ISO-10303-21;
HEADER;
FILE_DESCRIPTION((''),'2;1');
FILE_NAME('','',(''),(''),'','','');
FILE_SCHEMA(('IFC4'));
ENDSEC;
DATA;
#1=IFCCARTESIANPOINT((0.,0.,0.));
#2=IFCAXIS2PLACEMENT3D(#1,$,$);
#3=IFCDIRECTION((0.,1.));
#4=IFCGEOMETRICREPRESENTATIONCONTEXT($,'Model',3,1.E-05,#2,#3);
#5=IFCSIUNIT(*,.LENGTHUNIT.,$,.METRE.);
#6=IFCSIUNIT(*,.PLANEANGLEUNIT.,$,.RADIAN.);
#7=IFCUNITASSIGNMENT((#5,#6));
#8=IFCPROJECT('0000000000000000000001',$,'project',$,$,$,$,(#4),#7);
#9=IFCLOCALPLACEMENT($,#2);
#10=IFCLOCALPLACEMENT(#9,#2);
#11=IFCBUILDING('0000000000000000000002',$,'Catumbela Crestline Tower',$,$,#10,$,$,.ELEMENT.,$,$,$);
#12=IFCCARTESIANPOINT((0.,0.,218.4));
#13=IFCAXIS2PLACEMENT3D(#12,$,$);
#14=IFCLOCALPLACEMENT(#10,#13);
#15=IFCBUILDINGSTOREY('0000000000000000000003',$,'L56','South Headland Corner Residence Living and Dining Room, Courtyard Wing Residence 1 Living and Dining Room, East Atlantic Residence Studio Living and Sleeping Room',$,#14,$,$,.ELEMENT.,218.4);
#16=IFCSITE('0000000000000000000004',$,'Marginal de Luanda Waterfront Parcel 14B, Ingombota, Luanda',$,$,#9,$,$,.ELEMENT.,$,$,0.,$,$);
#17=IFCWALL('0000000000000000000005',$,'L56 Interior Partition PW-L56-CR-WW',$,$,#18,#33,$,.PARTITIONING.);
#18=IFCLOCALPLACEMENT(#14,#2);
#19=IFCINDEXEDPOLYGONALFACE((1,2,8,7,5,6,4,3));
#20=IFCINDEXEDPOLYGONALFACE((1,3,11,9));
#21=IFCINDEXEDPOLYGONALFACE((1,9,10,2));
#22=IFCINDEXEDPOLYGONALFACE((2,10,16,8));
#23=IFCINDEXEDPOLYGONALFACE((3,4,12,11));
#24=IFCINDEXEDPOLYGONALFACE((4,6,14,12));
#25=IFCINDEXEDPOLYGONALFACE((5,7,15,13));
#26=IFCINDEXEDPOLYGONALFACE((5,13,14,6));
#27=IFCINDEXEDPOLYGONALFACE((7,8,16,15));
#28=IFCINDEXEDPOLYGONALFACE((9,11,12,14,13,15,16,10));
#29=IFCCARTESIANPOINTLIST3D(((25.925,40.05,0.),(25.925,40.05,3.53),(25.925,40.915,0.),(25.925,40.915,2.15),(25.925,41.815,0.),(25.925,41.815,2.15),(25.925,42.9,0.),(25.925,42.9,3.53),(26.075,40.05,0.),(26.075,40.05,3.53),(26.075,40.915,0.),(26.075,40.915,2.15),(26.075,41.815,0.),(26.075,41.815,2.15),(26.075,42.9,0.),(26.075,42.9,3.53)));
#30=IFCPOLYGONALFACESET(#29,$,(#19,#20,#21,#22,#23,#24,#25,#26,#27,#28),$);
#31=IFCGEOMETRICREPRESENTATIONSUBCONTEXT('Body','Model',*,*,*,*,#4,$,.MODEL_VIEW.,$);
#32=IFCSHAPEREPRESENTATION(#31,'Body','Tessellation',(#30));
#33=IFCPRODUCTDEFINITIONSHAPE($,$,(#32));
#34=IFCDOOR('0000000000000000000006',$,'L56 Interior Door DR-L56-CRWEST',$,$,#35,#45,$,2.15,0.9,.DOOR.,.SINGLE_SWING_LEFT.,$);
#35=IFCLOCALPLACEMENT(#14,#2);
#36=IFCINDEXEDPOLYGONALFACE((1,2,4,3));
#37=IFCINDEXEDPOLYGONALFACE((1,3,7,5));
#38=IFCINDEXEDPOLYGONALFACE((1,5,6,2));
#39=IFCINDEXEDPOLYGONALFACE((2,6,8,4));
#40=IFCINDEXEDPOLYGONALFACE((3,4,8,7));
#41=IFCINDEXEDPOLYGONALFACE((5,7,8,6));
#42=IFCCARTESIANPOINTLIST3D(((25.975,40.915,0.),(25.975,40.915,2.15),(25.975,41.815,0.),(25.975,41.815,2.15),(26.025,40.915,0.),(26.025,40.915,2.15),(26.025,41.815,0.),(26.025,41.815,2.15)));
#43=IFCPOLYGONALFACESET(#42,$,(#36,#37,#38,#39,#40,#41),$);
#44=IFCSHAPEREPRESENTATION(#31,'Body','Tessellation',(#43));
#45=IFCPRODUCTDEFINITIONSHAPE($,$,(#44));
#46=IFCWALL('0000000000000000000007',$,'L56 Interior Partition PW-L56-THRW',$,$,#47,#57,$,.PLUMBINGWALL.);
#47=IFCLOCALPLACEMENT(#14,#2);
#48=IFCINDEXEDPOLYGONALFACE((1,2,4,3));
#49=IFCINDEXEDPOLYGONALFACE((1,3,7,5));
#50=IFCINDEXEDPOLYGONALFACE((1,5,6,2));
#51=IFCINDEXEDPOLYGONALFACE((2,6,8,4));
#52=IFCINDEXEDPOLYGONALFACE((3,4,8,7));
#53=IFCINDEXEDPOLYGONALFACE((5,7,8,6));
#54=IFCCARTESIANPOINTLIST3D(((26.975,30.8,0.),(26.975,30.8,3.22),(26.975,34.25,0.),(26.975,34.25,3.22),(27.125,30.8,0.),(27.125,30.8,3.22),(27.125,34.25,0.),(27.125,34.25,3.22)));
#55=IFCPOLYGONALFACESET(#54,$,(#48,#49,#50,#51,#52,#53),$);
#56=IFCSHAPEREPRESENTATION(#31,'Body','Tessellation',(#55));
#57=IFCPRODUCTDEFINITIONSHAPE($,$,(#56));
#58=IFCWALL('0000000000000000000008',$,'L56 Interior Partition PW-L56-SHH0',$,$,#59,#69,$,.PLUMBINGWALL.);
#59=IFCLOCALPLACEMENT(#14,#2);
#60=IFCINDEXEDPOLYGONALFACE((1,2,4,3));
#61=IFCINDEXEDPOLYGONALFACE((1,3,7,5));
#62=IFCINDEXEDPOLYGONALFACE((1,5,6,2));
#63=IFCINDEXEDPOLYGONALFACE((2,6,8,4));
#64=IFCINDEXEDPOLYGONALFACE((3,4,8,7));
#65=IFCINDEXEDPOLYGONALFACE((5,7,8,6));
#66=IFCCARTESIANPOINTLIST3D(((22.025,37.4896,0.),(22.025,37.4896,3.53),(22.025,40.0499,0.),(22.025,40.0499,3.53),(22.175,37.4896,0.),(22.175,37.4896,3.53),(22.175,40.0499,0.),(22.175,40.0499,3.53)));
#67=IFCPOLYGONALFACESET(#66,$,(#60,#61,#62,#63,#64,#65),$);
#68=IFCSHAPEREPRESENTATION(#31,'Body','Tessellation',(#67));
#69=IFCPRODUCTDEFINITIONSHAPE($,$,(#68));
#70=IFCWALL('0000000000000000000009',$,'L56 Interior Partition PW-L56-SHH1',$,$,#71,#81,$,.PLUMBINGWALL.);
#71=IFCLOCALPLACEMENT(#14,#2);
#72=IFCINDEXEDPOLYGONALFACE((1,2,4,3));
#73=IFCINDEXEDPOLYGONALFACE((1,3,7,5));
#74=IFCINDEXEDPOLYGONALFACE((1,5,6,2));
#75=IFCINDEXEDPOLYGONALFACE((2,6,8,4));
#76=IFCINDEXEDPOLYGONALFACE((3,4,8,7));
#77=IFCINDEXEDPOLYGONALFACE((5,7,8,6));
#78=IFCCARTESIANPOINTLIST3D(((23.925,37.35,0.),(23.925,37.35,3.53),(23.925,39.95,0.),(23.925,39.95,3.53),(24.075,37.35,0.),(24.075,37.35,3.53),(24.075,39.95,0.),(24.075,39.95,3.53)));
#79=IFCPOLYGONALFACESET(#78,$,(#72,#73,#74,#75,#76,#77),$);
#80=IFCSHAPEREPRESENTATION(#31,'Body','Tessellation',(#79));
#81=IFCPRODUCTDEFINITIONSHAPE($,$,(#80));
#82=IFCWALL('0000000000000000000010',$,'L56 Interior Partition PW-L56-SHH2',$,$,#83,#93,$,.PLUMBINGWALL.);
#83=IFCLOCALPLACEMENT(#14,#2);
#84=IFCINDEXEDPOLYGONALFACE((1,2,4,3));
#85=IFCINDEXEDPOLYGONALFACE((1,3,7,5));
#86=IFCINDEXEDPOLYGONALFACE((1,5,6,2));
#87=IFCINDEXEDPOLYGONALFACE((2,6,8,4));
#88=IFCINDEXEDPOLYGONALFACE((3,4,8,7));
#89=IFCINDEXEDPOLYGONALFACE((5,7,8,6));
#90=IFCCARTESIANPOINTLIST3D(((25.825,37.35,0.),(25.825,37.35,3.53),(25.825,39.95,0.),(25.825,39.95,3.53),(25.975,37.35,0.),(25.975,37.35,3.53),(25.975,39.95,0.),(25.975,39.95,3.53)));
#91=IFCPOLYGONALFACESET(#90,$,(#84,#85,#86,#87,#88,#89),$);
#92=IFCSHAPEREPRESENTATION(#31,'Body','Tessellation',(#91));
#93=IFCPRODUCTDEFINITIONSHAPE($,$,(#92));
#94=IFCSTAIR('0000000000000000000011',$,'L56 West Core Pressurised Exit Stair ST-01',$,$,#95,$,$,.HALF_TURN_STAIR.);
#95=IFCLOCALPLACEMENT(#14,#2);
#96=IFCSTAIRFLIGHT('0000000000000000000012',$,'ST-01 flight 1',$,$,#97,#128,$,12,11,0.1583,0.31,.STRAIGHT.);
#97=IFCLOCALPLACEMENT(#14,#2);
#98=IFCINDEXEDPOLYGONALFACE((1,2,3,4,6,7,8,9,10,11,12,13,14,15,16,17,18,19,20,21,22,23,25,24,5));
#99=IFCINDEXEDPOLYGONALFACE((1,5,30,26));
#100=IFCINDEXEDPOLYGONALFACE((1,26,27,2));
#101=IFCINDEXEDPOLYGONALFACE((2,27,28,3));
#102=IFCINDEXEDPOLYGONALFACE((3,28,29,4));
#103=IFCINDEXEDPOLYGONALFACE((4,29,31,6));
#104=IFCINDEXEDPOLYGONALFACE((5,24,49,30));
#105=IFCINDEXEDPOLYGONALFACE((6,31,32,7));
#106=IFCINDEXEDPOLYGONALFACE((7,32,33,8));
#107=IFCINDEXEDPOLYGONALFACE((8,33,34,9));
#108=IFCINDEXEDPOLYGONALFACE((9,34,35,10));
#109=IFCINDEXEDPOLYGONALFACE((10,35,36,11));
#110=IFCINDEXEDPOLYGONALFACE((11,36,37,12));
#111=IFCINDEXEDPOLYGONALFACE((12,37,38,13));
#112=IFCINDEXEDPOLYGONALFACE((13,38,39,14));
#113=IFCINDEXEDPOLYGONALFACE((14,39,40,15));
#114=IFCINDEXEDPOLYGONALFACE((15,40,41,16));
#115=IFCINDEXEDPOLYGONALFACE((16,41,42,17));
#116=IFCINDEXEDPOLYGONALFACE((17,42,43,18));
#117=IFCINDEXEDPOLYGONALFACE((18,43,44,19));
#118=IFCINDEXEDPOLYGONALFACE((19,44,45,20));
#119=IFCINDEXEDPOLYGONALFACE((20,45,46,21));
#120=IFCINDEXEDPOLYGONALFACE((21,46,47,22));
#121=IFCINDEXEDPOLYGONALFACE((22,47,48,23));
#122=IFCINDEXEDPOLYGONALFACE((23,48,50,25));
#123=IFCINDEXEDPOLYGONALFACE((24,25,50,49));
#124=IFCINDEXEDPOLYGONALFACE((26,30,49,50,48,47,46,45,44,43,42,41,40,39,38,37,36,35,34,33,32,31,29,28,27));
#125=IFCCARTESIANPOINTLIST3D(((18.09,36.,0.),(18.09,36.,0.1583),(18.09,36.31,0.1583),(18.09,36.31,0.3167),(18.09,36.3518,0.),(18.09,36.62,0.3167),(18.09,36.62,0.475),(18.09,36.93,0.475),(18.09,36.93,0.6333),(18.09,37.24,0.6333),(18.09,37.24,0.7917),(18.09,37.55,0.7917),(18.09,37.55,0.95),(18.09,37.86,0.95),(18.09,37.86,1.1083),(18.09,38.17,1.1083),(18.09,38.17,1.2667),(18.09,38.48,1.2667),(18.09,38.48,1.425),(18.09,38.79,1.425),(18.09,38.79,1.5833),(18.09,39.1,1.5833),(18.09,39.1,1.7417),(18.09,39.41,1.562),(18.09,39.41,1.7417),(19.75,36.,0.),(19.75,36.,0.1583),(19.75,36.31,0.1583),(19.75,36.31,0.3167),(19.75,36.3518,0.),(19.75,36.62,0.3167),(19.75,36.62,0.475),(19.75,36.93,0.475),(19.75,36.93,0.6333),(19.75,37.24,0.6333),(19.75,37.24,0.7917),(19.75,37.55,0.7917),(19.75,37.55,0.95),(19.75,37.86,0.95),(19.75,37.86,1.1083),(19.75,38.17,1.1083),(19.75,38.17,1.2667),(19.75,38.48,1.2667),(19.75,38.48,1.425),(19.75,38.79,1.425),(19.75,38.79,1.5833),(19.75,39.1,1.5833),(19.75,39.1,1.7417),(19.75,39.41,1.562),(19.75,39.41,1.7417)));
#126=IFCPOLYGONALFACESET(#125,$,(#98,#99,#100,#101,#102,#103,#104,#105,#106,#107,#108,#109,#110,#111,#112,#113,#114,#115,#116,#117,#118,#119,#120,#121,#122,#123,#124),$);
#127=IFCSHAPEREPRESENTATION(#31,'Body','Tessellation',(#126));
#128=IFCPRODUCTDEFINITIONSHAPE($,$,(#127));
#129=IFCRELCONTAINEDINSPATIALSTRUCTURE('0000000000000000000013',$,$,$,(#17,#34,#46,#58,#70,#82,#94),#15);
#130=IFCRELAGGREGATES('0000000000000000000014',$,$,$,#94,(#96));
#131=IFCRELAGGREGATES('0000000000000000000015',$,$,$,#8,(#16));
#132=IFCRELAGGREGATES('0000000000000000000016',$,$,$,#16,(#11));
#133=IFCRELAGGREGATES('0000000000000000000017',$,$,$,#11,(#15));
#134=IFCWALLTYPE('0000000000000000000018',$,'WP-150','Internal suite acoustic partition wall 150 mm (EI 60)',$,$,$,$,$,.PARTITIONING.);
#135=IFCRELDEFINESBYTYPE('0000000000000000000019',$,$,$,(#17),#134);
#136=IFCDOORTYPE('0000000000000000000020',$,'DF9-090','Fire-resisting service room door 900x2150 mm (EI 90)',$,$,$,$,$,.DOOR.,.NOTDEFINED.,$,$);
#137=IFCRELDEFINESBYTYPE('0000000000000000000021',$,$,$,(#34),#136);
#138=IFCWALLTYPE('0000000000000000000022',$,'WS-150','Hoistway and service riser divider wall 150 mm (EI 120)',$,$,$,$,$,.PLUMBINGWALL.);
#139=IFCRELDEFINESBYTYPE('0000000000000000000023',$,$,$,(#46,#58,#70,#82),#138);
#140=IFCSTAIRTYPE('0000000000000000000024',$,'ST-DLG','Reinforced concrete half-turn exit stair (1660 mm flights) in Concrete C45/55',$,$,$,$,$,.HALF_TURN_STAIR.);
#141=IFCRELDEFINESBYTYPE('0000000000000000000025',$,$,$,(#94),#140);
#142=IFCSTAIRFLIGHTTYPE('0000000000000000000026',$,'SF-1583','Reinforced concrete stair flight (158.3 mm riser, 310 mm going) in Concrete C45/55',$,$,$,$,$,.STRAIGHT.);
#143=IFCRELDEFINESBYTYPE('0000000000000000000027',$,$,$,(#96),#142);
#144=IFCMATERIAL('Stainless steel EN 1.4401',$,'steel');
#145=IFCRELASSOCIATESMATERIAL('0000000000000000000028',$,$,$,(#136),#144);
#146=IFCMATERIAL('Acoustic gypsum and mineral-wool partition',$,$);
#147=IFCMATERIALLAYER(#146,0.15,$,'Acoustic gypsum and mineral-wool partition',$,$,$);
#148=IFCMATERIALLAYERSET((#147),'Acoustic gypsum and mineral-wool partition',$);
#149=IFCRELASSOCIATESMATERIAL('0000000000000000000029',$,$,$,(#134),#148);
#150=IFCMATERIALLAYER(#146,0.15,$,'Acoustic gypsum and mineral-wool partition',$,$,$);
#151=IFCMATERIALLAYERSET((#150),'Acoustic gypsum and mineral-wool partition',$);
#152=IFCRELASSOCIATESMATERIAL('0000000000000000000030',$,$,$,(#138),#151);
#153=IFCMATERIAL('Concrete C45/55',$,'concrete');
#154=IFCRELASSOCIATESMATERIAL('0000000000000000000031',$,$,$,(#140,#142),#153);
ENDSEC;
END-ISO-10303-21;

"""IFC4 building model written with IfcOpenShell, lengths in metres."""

from ifc_helpers import new_model, si_unit, direction, frame, frame_2d, origin, place, context, subcontext, project, spatial, polyline, rectangle, outline, extrude, material, layer, layer_set, type_object, element, fill, aggregate, save


model = new_model("IFC4")

# Units and contexts
model_context = context("Model", 3, precision=1e-05, world=origin(), true_north=direction((0.0, 1.0)))
body_context = subcontext(model_context, "Body", "Model", "MODEL_VIEW")
ifc_project = project(units=[si_unit("LENGTHUNIT", "METRE"), si_unit("PLANEANGLEUNIT", "RADIAN")], contexts=[model_context])

# Site, building, storey
site_placement = place(None, origin())
site = spatial("IfcSite", under=ifc_project, at=site_placement, Name="Marginal de Luanda Waterfront Parcel 14B, Ingombota, Luanda", CompositionType="ELEMENT", RefElevation=0.0)
building_placement = place(site_placement, origin())
building = spatial("IfcBuilding", under=site, at=building_placement, Name="Catumbela Crestline Tower", CompositionType="ELEMENT")
storey_placement = place(building_placement, frame((0.0, 0.0, 218.4)))
storey = spatial("IfcBuildingStorey", under=building, at=storey_placement, Name="L56", Description="South Headland Corner Residence Living and Dining Room, Courtyard Wing Residence 1 Living and Dining Room, East Atlantic Residence Studio Living and Sleeping Room", CompositionType="ELEMENT", Elevation=218.4)

# Shared definitions
ifc_material_1 = material(Name="Stainless steel EN 1.4401", Category="steel")

# Shared definitions
door_type_1 = type_object("IfcDoorType", Name="DF9-090", Description="Fire-resisting service room door 900x2150 mm (EI 90)", OperationType="NOTDEFINED", PredefinedType="DOOR", material=ifc_material_1)

# Wall, opening, door
ifc_material_2 = material(Name="Acoustic gypsum and mineral-wool partition")
ifc_layer_1 = layer(ifc_material_2, 0.15, Name="Acoustic gypsum and mineral-wool partition")
ifc_layer_set_1 = layer_set([ifc_layer_1], Name="Acoustic gypsum and mineral-wool partition")
wall_type_1 = type_object("IfcWallType", Name="WP-150", Description="Internal suite acoustic partition wall 150 mm (EI 60)", PredefinedType="PARTITIONING", material=ifc_layer_set_1)
wall_1_placement = place(storey_placement, frame((26.0, 40.05, 0.0), z_axis=(0.0, 0.0, 1.0), x_axis=(0.0, 1.0, 0.0)))
wall_1 = element("IfcWall", 1, at=wall_1_placement, inside=storey, type_object=wall_type_1, Name="L56 Interior Partition PW-L56-CR-WW", PredefinedType="PARTITIONING", context=body_context, shape_type="SweptSolid", body=[
    extrude(rectangle(XDim=2.85, YDim=0.15, at=frame_2d((1.425, 0.0))), origin(), (0.0, 0.0, 1.0), 3.53),
])
opening_1_placement = place(wall_1_placement, frame((0.865, 0.0, 0.0)))
opening_1 = element("IfcOpeningElement", 2, at=opening_1_placement, cuts=wall_1, PredefinedType="OPENING", context=body_context, shape_type="SweptSolid", body=[
    extrude(rectangle(XDim=0.9, YDim=2.15, at=frame_2d((0.45, 1.075))), frame((0.0, 0.085, 0.0), z_axis=(0.0, -1.0, 0.0), x_axis=(1.0, 0.0, 0.0)), (0.0, 0.0, 1.0), 0.17),
])
door_1_placement = place(opening_1_placement, origin())
door_1 = element("IfcDoor", 3, at=door_1_placement, inside=storey, type_object=door_type_1, Name="L56 Interior Door DR-L56-CRWEST", OperationType="SINGLE_SWING_LEFT", OverallHeight=2.15, OverallWidth=0.9, PredefinedType="DOOR", context=body_context, shape_type="SweptSolid", body=[
    extrude(rectangle(XDim=0.9, YDim=2.15, at=frame_2d((0.45, 1.075))), frame((0.0, 0.025, 0.0), z_axis=(0.0, -1.0, 0.0), x_axis=(1.0, 0.0, 0.0)), (0.0, 0.0, 1.0), 0.05),
])
fill(opening_1, door_1)

# Walls
ifc_layer_2 = layer(ifc_material_2, 0.15, Name="Acoustic gypsum and mineral-wool partition")
ifc_layer_set_2 = layer_set([ifc_layer_2], Name="Acoustic gypsum and mineral-wool partition")
wall_type_2 = type_object("IfcWallType", Name="WS-150", Description="Hoistway and service riser divider wall 150 mm (EI 120)", PredefinedType="PLUMBINGWALL", material=ifc_layer_set_2)
wall_2_placement = place(storey_placement, frame((27.05, 30.8, 0.0), z_axis=(0.0, 0.0, 1.0), x_axis=(0.0, 1.0, 0.0)))
element("IfcWall", 4, at=wall_2_placement, inside=storey, type_object=wall_type_2, Name="L56 Interior Partition PW-L56-THRW", PredefinedType="PLUMBINGWALL", context=body_context, shape_type="SweptSolid", body=[
    extrude(rectangle(XDim=3.45, YDim=0.15, at=frame_2d((1.725, 0.0))), origin(), (0.0, 0.0, 1.0), 3.22),
])
wall_3_placement = place(storey_placement, frame((22.1, 37.4897, 0.0), z_axis=(0.0, 0.0, 1.0), x_axis=(0.0, 1.0, 0.0)))
element("IfcWall", 5, at=wall_3_placement, inside=storey, type_object=wall_type_2, Name="L56 Interior Partition PW-L56-SHH0", PredefinedType="PLUMBINGWALL", context=body_context, shape_type="SweptSolid", body=[
    extrude(rectangle(XDim=2.5603, YDim=0.15, at=frame_2d((1.2801, 0.0))), origin(), (0.0, 0.0, 1.0), 3.53),
])
for number, where, z_axis, x_axis, name in (
    (6, (24.0, 37.35, 0.0), (0.0, 0.0, 1.0), (0.0, 1.0, 0.0), "L56 Interior Partition PW-L56-SHH1"),
    (7, (25.9, 37.35, 0.0), (0.0, 0.0, 1.0), (0.0, 1.0, 0.0), "L56 Interior Partition PW-L56-SHH2"),
):
    element("IfcWall", number, at=place(storey_placement, frame(where, z_axis=z_axis, x_axis=x_axis)), inside=storey, type_object=wall_type_2, Name=name, PredefinedType="PLUMBINGWALL", context=body_context, shape_type="SweptSolid", body=[
        extrude(rectangle(XDim=2.6, YDim=0.15, at=frame_2d((1.3, 0.0))), origin(), (0.0, 0.0, 1.0), 3.53),
    ])

# Stair, stair flight
ifc_material_3 = material(Name="Concrete C45/55", Category="concrete")
stair_type = type_object("IfcStairType", Name="ST-DLG", Description="Reinforced concrete half-turn exit stair (1660 mm flights) in Concrete C45/55", PredefinedType="HALF_TURN_STAIR", material=ifc_material_3)
stair_placement = place(storey_placement, origin())
stair = element("IfcStair", 8, at=stair_placement, inside=storey, type_object=stair_type, Name="L56 West Core Pressurised Exit Stair ST-01", PredefinedType="HALF_TURN_STAIR")
stair_flight_type = type_object("IfcStairFlightType", Name="SF-1583", Description="Reinforced concrete stair flight (158.3 mm riser, 310 mm going) in Concrete C45/55", PredefinedType="STRAIGHT", material=ifc_material_3)
stair_flight_placement = place(storey_placement, frame((18.92, 36.0, 0.0), z_axis=(0.0, 0.0, 1.0), x_axis=(0.0, 1.0, 0.0)))
stair_flight = element("IfcStairFlight", 9, at=stair_flight_placement, type_object=stair_flight_type, Name="ST-01 flight 1", NumberOfRisers=12, NumberOfTreads=11, PredefinedType="STRAIGHT", RiserHeight=0.1583, TreadLength=0.31, context=body_context, shape_type="SweptSolid", body=[
    extrude(outline(polyline([(0.0, 0.0), (0.0, 0.1583), (0.31, 0.1583), (0.31, 0.3167), (0.62, 0.3167), (0.62, 0.475), (0.93, 0.475), (0.93, 0.6333), (1.24, 0.6333), (1.24, 0.7917), (1.55, 0.7917), (1.55, 0.95), (1.86, 0.95), (1.86, 1.1083), (2.17, 1.1083), (2.17, 1.2667), (2.48, 1.2667), (2.48, 1.425), (2.79, 1.425), (2.79, 1.5833), (3.1, 1.5833), (3.1, 1.7417), (3.41, 1.7417), (3.41, 1.9), (3.41, 1.562), (0.3518, 0.0), (0.0, 0.0)])), frame((0.0, 0.83, 0.0), z_axis=(0.0, -1.0, 0.0), x_axis=(1.0, 0.0, 0.0)), (0.0, 0.0, 1.0), 1.66),
])
aggregate(stair, [stair_flight])

save(model, "model.ifc")
